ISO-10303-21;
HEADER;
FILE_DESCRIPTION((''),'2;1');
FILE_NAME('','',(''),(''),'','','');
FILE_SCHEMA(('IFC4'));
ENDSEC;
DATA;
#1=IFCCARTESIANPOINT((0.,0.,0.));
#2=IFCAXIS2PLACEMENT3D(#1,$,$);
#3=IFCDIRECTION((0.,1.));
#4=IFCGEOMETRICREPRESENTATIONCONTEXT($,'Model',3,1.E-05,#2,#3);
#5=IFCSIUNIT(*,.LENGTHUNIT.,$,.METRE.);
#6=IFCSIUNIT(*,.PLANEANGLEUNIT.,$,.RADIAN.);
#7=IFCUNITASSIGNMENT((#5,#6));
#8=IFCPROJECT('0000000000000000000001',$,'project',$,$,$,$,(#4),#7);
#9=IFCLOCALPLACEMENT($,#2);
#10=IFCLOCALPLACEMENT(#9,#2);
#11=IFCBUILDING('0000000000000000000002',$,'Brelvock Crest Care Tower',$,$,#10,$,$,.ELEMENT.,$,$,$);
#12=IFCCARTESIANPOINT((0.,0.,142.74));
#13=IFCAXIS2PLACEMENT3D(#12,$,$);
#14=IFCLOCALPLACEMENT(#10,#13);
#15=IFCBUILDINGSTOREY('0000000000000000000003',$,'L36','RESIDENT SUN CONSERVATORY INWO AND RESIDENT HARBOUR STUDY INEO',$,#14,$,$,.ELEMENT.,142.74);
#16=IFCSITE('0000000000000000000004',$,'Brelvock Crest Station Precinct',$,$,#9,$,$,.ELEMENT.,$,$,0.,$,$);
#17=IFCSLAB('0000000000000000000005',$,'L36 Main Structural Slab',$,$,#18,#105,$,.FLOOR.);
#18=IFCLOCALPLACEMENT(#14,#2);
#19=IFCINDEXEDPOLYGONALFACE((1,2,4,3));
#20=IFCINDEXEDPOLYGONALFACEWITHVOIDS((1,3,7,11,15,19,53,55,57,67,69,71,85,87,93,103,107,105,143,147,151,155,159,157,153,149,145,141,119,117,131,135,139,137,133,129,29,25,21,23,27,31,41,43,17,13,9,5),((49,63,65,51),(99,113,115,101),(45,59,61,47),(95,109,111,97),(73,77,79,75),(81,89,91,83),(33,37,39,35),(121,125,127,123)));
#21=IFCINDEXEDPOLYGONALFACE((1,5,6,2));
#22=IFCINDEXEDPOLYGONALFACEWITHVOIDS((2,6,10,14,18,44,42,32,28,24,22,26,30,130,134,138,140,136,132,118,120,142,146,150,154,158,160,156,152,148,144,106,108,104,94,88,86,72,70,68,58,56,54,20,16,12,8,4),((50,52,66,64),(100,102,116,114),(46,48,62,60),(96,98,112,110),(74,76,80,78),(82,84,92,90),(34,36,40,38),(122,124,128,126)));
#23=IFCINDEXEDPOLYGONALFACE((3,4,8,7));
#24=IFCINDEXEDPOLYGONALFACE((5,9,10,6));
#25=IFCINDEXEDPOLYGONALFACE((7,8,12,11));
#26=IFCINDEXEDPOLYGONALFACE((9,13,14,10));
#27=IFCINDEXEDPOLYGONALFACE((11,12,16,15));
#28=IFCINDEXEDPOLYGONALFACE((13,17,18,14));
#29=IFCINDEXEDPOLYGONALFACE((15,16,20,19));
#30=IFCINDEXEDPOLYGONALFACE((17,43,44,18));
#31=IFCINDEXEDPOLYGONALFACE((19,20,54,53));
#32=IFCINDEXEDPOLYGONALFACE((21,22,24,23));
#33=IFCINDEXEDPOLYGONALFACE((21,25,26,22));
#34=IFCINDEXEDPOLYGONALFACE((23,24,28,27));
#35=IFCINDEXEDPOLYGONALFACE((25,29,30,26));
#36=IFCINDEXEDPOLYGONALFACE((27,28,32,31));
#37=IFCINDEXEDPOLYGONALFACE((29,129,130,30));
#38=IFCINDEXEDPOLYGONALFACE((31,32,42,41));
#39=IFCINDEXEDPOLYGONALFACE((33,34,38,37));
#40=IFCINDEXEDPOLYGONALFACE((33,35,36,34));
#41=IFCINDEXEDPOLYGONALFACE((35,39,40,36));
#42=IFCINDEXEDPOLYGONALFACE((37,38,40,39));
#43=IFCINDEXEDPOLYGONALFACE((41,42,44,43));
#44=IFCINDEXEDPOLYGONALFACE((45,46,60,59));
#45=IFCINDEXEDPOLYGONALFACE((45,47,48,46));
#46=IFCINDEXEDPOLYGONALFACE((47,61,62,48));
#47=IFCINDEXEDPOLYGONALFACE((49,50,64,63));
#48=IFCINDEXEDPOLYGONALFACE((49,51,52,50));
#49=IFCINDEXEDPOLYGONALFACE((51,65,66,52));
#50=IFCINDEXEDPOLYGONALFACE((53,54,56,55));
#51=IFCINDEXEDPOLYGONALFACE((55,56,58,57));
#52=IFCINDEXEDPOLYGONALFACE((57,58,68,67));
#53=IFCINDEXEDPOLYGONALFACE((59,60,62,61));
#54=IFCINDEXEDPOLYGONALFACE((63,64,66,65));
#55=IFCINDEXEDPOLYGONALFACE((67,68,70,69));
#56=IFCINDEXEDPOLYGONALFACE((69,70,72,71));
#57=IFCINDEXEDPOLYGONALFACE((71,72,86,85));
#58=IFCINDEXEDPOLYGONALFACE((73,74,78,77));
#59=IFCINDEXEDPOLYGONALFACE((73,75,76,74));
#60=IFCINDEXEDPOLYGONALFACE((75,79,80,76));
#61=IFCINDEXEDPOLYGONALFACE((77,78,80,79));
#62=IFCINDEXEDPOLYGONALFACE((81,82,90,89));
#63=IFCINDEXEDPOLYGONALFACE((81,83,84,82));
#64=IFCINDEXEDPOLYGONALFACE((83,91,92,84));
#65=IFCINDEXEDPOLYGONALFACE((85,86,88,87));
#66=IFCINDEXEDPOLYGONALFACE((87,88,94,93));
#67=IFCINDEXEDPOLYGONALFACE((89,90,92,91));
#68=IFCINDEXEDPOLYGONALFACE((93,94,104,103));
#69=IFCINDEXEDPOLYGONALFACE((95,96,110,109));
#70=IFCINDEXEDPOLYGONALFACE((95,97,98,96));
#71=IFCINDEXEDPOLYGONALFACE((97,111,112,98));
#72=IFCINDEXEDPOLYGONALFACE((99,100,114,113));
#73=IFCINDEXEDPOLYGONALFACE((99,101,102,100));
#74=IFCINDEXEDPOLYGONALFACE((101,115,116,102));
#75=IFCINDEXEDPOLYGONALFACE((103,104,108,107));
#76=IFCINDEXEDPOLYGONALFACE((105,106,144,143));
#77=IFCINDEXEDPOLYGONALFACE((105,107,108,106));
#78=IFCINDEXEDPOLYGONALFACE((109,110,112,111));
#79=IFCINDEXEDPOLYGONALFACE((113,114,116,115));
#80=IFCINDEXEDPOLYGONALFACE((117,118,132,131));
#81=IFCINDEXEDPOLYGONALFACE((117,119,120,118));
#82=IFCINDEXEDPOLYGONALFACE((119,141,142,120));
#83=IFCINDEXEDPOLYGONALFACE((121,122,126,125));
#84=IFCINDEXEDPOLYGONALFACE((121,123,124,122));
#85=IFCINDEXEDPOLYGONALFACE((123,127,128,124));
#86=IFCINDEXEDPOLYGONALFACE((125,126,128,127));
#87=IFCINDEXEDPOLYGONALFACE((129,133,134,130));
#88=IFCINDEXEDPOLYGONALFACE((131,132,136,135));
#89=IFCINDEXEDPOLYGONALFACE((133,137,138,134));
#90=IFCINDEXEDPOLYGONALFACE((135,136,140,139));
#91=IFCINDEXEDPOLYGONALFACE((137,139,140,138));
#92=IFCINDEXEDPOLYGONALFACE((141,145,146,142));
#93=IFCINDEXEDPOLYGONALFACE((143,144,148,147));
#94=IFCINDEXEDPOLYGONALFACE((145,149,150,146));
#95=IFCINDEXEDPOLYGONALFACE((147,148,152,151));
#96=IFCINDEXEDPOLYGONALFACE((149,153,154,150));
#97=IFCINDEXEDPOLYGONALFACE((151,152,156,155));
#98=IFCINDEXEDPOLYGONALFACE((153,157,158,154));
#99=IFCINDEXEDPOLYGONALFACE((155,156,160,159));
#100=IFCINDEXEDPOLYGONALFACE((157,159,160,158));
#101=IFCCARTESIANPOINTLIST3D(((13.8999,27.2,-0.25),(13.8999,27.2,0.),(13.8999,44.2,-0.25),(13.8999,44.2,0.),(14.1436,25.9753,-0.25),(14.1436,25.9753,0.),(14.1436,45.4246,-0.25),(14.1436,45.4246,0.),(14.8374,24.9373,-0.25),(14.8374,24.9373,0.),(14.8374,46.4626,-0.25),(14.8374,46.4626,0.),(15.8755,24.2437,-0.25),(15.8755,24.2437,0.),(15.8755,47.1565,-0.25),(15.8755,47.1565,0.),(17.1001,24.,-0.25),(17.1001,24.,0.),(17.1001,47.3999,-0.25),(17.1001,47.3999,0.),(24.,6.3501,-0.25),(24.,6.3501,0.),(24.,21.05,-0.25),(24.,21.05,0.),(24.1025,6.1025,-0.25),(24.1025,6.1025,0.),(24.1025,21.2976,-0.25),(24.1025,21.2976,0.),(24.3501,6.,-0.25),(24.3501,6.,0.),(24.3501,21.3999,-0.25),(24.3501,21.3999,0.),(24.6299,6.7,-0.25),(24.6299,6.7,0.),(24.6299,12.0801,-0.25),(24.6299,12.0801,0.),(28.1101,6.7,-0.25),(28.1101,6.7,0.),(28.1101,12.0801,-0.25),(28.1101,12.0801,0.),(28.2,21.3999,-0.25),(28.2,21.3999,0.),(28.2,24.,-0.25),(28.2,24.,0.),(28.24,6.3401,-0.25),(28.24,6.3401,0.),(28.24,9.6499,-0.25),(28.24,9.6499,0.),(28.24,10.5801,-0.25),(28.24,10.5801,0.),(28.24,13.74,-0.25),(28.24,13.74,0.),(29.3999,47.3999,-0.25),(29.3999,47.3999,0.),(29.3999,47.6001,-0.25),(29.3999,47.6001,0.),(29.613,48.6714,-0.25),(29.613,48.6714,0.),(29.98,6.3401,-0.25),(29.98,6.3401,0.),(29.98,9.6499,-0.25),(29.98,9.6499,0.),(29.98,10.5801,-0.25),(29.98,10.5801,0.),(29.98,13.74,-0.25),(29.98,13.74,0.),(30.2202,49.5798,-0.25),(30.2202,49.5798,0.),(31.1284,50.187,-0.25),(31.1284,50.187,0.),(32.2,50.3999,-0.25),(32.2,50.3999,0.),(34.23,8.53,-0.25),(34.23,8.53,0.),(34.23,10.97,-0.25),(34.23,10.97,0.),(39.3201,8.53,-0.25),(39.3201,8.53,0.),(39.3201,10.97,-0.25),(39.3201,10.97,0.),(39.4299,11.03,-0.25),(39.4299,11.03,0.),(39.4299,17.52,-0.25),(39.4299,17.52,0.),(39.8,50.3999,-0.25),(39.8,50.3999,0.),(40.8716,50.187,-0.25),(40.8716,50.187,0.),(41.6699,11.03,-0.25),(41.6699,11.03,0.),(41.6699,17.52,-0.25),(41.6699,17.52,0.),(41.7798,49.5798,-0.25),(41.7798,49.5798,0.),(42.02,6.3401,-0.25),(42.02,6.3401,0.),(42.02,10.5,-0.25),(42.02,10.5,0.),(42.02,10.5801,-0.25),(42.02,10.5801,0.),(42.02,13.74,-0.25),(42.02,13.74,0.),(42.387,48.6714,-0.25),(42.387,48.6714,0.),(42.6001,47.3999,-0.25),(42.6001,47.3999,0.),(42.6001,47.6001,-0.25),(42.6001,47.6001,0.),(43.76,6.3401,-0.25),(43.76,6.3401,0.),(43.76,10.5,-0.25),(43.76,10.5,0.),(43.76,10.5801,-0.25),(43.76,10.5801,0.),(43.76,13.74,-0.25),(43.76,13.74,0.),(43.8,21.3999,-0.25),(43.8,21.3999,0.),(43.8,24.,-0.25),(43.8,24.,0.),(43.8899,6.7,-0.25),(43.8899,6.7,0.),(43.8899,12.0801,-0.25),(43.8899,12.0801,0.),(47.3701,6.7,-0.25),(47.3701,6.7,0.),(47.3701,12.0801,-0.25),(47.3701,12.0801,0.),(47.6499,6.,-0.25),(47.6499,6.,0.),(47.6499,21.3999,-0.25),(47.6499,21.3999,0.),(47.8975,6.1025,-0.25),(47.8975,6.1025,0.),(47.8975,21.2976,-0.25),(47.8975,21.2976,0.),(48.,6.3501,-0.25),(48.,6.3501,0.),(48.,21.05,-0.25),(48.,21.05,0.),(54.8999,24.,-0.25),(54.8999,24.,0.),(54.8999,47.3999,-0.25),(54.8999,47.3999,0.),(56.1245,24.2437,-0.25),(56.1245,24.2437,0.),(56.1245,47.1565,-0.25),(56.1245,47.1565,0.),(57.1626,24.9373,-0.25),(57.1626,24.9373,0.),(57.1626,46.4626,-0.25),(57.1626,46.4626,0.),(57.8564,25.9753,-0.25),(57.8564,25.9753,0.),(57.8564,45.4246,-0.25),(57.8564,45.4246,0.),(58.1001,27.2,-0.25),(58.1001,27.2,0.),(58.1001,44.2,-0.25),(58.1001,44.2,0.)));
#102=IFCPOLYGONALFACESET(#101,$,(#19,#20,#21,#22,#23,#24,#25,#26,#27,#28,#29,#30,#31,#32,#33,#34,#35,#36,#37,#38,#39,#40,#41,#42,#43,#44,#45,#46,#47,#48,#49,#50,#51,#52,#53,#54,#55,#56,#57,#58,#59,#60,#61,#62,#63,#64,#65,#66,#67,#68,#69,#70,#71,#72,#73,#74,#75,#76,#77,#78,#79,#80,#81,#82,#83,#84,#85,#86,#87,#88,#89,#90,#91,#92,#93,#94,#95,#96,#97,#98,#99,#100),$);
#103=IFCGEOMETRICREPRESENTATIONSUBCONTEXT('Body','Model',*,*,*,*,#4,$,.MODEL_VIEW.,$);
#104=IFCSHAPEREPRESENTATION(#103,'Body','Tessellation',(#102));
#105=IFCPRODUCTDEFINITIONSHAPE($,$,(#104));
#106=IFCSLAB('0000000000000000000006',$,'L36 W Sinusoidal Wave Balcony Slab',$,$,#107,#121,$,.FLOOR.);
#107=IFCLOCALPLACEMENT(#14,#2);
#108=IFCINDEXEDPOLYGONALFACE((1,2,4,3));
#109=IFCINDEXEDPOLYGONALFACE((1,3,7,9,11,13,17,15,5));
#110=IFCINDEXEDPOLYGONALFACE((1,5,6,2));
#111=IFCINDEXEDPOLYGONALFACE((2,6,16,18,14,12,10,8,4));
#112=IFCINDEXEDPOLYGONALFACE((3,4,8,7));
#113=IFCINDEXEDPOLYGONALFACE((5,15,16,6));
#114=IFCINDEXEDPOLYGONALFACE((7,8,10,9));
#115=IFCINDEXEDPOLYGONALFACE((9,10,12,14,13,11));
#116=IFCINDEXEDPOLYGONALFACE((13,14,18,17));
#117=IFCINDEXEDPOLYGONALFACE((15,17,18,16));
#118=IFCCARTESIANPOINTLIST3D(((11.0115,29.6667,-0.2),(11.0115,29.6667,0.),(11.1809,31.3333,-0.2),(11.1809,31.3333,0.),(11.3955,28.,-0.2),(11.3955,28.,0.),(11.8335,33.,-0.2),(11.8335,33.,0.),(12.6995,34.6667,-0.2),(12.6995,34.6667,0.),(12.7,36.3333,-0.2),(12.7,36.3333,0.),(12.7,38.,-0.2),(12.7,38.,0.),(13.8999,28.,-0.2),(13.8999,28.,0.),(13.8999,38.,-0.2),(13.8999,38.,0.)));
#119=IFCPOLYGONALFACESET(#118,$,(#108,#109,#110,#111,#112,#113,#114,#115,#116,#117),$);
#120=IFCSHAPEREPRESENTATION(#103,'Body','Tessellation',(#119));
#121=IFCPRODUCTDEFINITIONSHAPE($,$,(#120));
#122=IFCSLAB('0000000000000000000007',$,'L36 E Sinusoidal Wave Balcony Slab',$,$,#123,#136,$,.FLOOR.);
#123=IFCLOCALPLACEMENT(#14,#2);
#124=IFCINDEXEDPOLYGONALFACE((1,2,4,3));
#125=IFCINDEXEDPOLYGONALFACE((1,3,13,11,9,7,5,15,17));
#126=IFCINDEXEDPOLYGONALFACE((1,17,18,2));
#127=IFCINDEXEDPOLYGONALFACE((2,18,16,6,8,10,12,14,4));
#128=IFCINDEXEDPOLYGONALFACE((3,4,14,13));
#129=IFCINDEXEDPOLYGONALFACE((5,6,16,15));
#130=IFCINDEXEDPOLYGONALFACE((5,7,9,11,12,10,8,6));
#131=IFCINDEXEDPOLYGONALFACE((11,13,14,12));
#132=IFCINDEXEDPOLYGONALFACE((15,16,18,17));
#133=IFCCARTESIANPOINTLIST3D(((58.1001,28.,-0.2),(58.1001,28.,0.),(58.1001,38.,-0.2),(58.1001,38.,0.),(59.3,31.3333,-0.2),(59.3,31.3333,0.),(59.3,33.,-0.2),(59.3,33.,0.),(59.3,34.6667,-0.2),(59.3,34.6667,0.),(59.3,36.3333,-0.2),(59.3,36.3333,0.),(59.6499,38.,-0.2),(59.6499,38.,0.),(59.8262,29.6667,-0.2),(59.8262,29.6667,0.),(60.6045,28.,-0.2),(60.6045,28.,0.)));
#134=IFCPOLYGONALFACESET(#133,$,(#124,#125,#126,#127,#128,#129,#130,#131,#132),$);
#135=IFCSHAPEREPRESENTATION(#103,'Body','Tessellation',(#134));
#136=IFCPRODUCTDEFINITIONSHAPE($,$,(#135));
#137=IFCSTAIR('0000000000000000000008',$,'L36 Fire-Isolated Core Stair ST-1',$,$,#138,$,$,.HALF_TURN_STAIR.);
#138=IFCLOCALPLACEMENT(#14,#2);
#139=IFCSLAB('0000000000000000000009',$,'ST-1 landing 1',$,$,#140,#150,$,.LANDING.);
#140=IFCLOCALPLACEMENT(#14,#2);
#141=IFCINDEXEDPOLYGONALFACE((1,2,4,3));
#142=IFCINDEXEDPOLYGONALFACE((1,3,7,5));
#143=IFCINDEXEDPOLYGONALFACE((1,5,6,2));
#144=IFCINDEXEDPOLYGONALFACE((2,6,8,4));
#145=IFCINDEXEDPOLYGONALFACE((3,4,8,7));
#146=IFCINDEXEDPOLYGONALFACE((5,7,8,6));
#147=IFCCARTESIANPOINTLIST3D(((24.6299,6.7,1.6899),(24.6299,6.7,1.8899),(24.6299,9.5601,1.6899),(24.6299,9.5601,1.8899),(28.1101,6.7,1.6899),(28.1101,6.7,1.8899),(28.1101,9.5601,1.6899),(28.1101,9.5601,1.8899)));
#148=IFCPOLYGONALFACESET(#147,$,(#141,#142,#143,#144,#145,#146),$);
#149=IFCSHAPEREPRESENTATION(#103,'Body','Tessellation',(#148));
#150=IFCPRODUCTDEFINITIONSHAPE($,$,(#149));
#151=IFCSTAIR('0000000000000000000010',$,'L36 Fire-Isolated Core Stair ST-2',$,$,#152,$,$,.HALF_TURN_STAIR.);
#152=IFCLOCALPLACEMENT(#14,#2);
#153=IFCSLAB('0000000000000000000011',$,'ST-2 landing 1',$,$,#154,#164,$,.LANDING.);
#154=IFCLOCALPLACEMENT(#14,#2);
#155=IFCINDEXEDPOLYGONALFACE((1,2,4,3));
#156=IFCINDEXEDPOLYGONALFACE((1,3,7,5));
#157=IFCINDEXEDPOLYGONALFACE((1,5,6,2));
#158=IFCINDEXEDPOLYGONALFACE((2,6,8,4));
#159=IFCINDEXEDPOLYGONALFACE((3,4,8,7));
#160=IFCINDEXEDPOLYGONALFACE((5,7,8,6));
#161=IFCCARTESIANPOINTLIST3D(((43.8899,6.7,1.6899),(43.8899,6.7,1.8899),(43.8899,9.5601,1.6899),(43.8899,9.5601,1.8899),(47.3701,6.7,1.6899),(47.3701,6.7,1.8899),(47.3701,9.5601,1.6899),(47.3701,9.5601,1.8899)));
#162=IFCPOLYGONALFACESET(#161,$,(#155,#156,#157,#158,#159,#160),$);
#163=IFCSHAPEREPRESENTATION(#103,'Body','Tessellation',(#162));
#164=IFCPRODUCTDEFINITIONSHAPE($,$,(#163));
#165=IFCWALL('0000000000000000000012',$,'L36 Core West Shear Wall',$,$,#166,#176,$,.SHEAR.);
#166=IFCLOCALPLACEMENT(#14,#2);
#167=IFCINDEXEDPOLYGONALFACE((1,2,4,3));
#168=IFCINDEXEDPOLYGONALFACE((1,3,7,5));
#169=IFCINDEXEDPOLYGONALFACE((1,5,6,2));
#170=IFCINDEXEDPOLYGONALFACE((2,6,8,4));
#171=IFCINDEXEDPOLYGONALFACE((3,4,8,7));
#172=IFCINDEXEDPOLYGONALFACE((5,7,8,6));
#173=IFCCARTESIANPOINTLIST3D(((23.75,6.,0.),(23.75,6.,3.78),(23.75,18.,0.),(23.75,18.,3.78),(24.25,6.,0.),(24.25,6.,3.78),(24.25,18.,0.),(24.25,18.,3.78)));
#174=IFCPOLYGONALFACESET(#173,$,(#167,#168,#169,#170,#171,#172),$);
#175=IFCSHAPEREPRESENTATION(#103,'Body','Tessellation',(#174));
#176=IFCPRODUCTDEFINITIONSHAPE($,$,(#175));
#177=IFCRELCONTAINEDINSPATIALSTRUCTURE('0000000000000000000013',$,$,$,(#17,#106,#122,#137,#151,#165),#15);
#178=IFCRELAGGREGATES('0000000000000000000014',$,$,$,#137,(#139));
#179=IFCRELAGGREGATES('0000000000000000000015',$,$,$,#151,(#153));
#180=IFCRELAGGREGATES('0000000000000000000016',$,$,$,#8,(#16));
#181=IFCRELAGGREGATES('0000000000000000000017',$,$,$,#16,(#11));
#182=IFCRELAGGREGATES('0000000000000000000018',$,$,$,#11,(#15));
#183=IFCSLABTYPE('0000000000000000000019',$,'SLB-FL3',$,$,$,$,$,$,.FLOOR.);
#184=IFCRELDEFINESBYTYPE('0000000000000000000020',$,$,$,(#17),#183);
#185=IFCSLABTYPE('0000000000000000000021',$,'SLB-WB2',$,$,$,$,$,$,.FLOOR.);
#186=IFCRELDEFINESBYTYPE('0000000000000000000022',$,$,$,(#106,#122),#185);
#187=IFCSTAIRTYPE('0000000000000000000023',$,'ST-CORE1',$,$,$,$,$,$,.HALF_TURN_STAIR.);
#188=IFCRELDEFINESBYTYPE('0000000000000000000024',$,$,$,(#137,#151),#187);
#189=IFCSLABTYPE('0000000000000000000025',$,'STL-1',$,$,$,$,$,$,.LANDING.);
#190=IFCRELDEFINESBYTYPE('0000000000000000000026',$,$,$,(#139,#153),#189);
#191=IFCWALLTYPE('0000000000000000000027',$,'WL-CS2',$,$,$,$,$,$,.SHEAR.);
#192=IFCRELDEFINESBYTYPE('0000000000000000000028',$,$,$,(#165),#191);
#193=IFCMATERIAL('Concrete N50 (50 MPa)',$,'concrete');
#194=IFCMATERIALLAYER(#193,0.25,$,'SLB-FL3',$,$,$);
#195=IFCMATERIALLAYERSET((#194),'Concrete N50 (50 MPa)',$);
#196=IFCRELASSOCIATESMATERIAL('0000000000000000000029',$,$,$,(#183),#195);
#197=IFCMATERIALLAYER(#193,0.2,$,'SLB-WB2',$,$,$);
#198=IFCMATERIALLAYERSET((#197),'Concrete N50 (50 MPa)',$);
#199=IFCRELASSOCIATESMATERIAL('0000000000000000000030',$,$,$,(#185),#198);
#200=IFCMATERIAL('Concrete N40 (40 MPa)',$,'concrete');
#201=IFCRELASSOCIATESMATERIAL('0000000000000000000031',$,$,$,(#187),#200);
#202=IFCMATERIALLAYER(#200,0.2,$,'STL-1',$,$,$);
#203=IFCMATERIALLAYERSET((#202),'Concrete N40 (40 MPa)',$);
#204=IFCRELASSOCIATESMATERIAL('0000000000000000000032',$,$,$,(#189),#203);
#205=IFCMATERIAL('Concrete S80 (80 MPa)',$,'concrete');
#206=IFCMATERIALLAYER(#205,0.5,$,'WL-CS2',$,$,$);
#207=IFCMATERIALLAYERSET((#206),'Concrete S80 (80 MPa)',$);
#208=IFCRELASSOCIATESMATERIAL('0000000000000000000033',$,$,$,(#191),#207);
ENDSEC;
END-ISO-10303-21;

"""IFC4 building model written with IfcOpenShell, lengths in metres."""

from ifc_helpers import new_model, si_unit, direction, frame, frame_2d, origin, place, context, subcontext, project, spatial, polyline, rectangle, outline, extrude, material, layer, layer_set, type_object, element, aggregate, save


model = new_model("IFC4")

# Units and contexts
model_context = context("Model", 3, precision=1e-05, world=origin(), true_north=direction((0.0, 1.0)))
body_context = subcontext(model_context, "Body", "Model", "MODEL_VIEW")
ifc_project = project(units=[si_unit("LENGTHUNIT", "METRE"), si_unit("PLANEANGLEUNIT", "RADIAN")], contexts=[model_context])

# Site, building, storey
site_placement = place(None, origin())
site = spatial("IfcSite", under=ifc_project, at=site_placement, Name="Brelvock Crest Station Precinct", CompositionType="ELEMENT", RefElevation=0.0)
building_placement = place(site_placement, origin())
building = spatial("IfcBuilding", under=site, at=building_placement, Name="Brelvock Crest Care Tower", CompositionType="ELEMENT")
storey_placement = place(building_placement, frame((0.0, 0.0, 142.74)))
storey = spatial("IfcBuildingStorey", under=building, at=storey_placement, Name="L36", Description="RESIDENT SUN CONSERVATORY INWO AND RESIDENT HARBOUR STUDY INEO", CompositionType="ELEMENT", Elevation=142.74)

# Shared definitions
ifc_material_1 = material(Name="Concrete S80 (80 MPa)", Category="concrete")

# Slabs
ifc_material_2 = material(Name="Concrete N50 (50 MPa)", Category="concrete")
ifc_layer_1 = layer(ifc_material_2, 0.25, Name="SLB-FL3")
ifc_layer_set_1 = layer_set([ifc_layer_1], Name="Concrete N50 (50 MPa)")
slab_type_1 = type_object("IfcSlabType", Name="SLB-FL3", PredefinedType="FLOOR", material=ifc_layer_set_1)
slab_1_placement = place(storey_placement, frame((0.0, 0.0, -0.25)))
element("IfcSlab", 1, at=slab_1_placement, inside=storey, type_object=slab_type_1, Name="L36 Main Structural Slab", PredefinedType="FLOOR", context=body_context, shape_type="SweptSolid", body=[
    extrude(outline(polyline([(47.6499, 21.3999), (43.8, 21.3999), (43.8, 24.0), (54.8999, 24.0), (56.1245, 24.2437), (57.1626, 24.9373), (57.8564, 25.9753), (58.1001, 27.2), (58.1001, 44.2), (57.8564, 45.4246), (57.1626, 46.4626), (56.1245, 47.1565), (54.8999, 47.3999), (42.6001, 47.3999), (42.6001, 47.6001), (42.387, 48.6714), (41.7798, 49.5798), (40.8716, 50.187), (39.8, 50.3999), (32.2, 50.3999), (31.1284, 50.187), (30.2202, 49.5798), (29.613, 48.6714), (29.3999, 47.6001), (29.3999, 47.3999), (17.1001, 47.3999), (15.8755, 47.1565), (14.8374, 46.4626), (14.1436, 45.4246), (13.8999, 44.2), (13.8999, 27.2), (14.1436, 25.9753), (14.8374, 24.9373), (15.8755, 24.2437), (17.1001, 24.0), (28.2, 24.0), (28.2, 21.3999), (24.3501, 21.3999), (24.1025, 21.2976), (24.0, 21.05), (24.0, 6.3501), (24.1025, 6.1025), (24.3501, 6.0), (47.6499, 6.0), (47.8975, 6.1025), (48.0, 6.3501), (48.0, 21.05), (47.8975, 21.2976), (47.6499, 21.3999)]), holes=[polyline([(28.24, 10.5801), (29.98, 10.5801), (29.98, 13.74), (28.24, 13.74), (28.24, 10.5801)]), polyline([(42.02, 10.5801), (43.76, 10.5801), (43.76, 13.74), (42.02, 13.74), (42.02, 10.5801)]), polyline([(28.24, 6.3401), (29.98, 6.3401), (29.98, 9.6499), (28.24, 9.6499), (28.24, 6.3401)]), polyline([(24.6299, 12.0801), (24.6299, 6.7), (28.1101, 6.7), (28.1101, 12.0801), (24.6299, 12.0801)]), polyline([(43.8899, 12.0801), (43.8899, 6.7), (47.3701, 6.7), (47.3701, 12.0801), (43.8899, 12.0801)]), polyline([(42.02, 6.3401), (43.76, 6.3401), (43.76, 10.5), (42.02, 10.5), (42.02, 6.3401)]), polyline([(34.23, 8.53), (39.3201, 8.53), (39.3201, 10.97), (34.23, 10.97), (34.23, 8.53)]), polyline([(39.4299, 11.03), (41.6699, 11.03), (41.6699, 17.52), (39.4299, 17.52), (39.4299, 11.03)])]), origin(), (0.0, 0.0, 1.0), 0.25),
])
ifc_layer_2 = layer(ifc_material_2, 0.2, Name="SLB-WB2")
ifc_layer_set_2 = layer_set([ifc_layer_2], Name="Concrete N50 (50 MPa)")
slab_type_2 = type_object("IfcSlabType", Name="SLB-WB2", PredefinedType="FLOOR", material=ifc_layer_set_2)
slab_2_placement = place(storey_placement, frame((0.0, 0.0, -0.2)))
element("IfcSlab", 2, at=slab_2_placement, inside=storey, type_object=slab_type_2, Name="L36 W Sinusoidal Wave Balcony Slab", PredefinedType="FLOOR", context=body_context, shape_type="SweptSolid", body=[
    extrude(outline(polyline([(13.8999, 38.0), (12.7, 38.0), (12.7, 36.3333), (12.6995, 34.6667), (11.8335, 33.0), (11.1809, 31.3333), (11.0115, 29.6667), (11.3955, 28.0), (13.8999, 28.0), (13.8999, 38.0)])), origin(), (0.0, 0.0, 1.0), 0.2),
])
slab_3_placement = place(storey_placement, frame((0.0, 0.0, -0.2)))
element("IfcSlab", 3, at=slab_3_placement, inside=storey, type_object=slab_type_2, Name="L36 E Sinusoidal Wave Balcony Slab", PredefinedType="FLOOR", context=body_context, shape_type="SweptSolid", body=[
    extrude(outline(polyline([(58.1001, 28.0), (60.6045, 28.0), (59.8262, 29.6667), (59.3, 31.3333), (59.3, 33.0), (59.3, 34.6667), (59.3, 36.3333), (59.6499, 38.0), (58.1001, 38.0), (58.1001, 28.0)])), origin(), (0.0, 0.0, 1.0), 0.2),
])

# Stairs, slabs
ifc_material_3 = material(Name="Concrete N40 (40 MPa)", Category="concrete")
stair_type = type_object("IfcStairType", Name="ST-CORE1", PredefinedType="HALF_TURN_STAIR", material=ifc_material_3)
stair_1_placement = place(storey_placement, origin())
stair_1 = element("IfcStair", 4, at=stair_1_placement, inside=storey, type_object=stair_type, Name="L36 Fire-Isolated Core Stair ST-1", PredefinedType="HALF_TURN_STAIR")
ifc_layer_3 = layer(ifc_material_3, 0.2, Name="STL-1")
ifc_layer_set_3 = layer_set([ifc_layer_3], Name="Concrete N40 (40 MPa)")
slab_type_3 = type_object("IfcSlabType", Name="STL-1", PredefinedType="LANDING", material=ifc_layer_set_3)
slab_4_placement = place(storey_placement, frame((0.0, 0.0, 1.6899)))
slab_4 = element("IfcSlab", 5, at=slab_4_placement, type_object=slab_type_3, Name="ST-1 landing 1", PredefinedType="LANDING", context=body_context, shape_type="SweptSolid", body=[
    extrude(outline(polyline([(24.6299, 9.5601), (24.6299, 6.7), (28.1101, 6.7), (28.1101, 9.5601), (24.6299, 9.5601)])), origin(), (0.0, 0.0, 1.0), 0.2),
])
aggregate(stair_1, [slab_4])
stair_2_placement = place(storey_placement, origin())
stair_2 = element("IfcStair", 6, at=stair_2_placement, inside=storey, type_object=stair_type, Name="L36 Fire-Isolated Core Stair ST-2", PredefinedType="HALF_TURN_STAIR")
slab_5_placement = place(storey_placement, frame((0.0, 0.0, 1.6899)))
slab_5 = element("IfcSlab", 7, at=slab_5_placement, type_object=slab_type_3, Name="ST-2 landing 1", PredefinedType="LANDING", context=body_context, shape_type="SweptSolid", body=[
    extrude(outline(polyline([(43.8899, 9.5601), (43.8899, 6.7), (47.3701, 6.7), (47.3701, 9.5601), (43.8899, 9.5601)])), origin(), (0.0, 0.0, 1.0), 0.2),
])
aggregate(stair_2, [slab_5])

# Wall
ifc_layer_4 = layer(ifc_material_1, 0.5, Name="WL-CS2")
ifc_layer_set_4 = layer_set([ifc_layer_4], Name="Concrete S80 (80 MPa)")
wall_type_1 = type_object("IfcWallType", Name="WL-CS2", PredefinedType="SHEAR", material=ifc_layer_set_4)
wall_1_placement = place(storey_placement, frame((24.0, 6.0, 0.0), z_axis=(0.0, 0.0, 1.0), x_axis=(0.0, 1.0, 0.0)))
element("IfcWall", 8, at=wall_1_placement, inside=storey, type_object=wall_type_1, Name="L36 Core West Shear Wall", PredefinedType="SHEAR", context=body_context, shape_type="SweptSolid", body=[
    extrude(rectangle(XDim=12.0, YDim=0.5, at=frame_2d((6.0, 0.0))), origin(), (0.0, 0.0, 1.0), 3.78),
])

save(model, "model.ifc")
